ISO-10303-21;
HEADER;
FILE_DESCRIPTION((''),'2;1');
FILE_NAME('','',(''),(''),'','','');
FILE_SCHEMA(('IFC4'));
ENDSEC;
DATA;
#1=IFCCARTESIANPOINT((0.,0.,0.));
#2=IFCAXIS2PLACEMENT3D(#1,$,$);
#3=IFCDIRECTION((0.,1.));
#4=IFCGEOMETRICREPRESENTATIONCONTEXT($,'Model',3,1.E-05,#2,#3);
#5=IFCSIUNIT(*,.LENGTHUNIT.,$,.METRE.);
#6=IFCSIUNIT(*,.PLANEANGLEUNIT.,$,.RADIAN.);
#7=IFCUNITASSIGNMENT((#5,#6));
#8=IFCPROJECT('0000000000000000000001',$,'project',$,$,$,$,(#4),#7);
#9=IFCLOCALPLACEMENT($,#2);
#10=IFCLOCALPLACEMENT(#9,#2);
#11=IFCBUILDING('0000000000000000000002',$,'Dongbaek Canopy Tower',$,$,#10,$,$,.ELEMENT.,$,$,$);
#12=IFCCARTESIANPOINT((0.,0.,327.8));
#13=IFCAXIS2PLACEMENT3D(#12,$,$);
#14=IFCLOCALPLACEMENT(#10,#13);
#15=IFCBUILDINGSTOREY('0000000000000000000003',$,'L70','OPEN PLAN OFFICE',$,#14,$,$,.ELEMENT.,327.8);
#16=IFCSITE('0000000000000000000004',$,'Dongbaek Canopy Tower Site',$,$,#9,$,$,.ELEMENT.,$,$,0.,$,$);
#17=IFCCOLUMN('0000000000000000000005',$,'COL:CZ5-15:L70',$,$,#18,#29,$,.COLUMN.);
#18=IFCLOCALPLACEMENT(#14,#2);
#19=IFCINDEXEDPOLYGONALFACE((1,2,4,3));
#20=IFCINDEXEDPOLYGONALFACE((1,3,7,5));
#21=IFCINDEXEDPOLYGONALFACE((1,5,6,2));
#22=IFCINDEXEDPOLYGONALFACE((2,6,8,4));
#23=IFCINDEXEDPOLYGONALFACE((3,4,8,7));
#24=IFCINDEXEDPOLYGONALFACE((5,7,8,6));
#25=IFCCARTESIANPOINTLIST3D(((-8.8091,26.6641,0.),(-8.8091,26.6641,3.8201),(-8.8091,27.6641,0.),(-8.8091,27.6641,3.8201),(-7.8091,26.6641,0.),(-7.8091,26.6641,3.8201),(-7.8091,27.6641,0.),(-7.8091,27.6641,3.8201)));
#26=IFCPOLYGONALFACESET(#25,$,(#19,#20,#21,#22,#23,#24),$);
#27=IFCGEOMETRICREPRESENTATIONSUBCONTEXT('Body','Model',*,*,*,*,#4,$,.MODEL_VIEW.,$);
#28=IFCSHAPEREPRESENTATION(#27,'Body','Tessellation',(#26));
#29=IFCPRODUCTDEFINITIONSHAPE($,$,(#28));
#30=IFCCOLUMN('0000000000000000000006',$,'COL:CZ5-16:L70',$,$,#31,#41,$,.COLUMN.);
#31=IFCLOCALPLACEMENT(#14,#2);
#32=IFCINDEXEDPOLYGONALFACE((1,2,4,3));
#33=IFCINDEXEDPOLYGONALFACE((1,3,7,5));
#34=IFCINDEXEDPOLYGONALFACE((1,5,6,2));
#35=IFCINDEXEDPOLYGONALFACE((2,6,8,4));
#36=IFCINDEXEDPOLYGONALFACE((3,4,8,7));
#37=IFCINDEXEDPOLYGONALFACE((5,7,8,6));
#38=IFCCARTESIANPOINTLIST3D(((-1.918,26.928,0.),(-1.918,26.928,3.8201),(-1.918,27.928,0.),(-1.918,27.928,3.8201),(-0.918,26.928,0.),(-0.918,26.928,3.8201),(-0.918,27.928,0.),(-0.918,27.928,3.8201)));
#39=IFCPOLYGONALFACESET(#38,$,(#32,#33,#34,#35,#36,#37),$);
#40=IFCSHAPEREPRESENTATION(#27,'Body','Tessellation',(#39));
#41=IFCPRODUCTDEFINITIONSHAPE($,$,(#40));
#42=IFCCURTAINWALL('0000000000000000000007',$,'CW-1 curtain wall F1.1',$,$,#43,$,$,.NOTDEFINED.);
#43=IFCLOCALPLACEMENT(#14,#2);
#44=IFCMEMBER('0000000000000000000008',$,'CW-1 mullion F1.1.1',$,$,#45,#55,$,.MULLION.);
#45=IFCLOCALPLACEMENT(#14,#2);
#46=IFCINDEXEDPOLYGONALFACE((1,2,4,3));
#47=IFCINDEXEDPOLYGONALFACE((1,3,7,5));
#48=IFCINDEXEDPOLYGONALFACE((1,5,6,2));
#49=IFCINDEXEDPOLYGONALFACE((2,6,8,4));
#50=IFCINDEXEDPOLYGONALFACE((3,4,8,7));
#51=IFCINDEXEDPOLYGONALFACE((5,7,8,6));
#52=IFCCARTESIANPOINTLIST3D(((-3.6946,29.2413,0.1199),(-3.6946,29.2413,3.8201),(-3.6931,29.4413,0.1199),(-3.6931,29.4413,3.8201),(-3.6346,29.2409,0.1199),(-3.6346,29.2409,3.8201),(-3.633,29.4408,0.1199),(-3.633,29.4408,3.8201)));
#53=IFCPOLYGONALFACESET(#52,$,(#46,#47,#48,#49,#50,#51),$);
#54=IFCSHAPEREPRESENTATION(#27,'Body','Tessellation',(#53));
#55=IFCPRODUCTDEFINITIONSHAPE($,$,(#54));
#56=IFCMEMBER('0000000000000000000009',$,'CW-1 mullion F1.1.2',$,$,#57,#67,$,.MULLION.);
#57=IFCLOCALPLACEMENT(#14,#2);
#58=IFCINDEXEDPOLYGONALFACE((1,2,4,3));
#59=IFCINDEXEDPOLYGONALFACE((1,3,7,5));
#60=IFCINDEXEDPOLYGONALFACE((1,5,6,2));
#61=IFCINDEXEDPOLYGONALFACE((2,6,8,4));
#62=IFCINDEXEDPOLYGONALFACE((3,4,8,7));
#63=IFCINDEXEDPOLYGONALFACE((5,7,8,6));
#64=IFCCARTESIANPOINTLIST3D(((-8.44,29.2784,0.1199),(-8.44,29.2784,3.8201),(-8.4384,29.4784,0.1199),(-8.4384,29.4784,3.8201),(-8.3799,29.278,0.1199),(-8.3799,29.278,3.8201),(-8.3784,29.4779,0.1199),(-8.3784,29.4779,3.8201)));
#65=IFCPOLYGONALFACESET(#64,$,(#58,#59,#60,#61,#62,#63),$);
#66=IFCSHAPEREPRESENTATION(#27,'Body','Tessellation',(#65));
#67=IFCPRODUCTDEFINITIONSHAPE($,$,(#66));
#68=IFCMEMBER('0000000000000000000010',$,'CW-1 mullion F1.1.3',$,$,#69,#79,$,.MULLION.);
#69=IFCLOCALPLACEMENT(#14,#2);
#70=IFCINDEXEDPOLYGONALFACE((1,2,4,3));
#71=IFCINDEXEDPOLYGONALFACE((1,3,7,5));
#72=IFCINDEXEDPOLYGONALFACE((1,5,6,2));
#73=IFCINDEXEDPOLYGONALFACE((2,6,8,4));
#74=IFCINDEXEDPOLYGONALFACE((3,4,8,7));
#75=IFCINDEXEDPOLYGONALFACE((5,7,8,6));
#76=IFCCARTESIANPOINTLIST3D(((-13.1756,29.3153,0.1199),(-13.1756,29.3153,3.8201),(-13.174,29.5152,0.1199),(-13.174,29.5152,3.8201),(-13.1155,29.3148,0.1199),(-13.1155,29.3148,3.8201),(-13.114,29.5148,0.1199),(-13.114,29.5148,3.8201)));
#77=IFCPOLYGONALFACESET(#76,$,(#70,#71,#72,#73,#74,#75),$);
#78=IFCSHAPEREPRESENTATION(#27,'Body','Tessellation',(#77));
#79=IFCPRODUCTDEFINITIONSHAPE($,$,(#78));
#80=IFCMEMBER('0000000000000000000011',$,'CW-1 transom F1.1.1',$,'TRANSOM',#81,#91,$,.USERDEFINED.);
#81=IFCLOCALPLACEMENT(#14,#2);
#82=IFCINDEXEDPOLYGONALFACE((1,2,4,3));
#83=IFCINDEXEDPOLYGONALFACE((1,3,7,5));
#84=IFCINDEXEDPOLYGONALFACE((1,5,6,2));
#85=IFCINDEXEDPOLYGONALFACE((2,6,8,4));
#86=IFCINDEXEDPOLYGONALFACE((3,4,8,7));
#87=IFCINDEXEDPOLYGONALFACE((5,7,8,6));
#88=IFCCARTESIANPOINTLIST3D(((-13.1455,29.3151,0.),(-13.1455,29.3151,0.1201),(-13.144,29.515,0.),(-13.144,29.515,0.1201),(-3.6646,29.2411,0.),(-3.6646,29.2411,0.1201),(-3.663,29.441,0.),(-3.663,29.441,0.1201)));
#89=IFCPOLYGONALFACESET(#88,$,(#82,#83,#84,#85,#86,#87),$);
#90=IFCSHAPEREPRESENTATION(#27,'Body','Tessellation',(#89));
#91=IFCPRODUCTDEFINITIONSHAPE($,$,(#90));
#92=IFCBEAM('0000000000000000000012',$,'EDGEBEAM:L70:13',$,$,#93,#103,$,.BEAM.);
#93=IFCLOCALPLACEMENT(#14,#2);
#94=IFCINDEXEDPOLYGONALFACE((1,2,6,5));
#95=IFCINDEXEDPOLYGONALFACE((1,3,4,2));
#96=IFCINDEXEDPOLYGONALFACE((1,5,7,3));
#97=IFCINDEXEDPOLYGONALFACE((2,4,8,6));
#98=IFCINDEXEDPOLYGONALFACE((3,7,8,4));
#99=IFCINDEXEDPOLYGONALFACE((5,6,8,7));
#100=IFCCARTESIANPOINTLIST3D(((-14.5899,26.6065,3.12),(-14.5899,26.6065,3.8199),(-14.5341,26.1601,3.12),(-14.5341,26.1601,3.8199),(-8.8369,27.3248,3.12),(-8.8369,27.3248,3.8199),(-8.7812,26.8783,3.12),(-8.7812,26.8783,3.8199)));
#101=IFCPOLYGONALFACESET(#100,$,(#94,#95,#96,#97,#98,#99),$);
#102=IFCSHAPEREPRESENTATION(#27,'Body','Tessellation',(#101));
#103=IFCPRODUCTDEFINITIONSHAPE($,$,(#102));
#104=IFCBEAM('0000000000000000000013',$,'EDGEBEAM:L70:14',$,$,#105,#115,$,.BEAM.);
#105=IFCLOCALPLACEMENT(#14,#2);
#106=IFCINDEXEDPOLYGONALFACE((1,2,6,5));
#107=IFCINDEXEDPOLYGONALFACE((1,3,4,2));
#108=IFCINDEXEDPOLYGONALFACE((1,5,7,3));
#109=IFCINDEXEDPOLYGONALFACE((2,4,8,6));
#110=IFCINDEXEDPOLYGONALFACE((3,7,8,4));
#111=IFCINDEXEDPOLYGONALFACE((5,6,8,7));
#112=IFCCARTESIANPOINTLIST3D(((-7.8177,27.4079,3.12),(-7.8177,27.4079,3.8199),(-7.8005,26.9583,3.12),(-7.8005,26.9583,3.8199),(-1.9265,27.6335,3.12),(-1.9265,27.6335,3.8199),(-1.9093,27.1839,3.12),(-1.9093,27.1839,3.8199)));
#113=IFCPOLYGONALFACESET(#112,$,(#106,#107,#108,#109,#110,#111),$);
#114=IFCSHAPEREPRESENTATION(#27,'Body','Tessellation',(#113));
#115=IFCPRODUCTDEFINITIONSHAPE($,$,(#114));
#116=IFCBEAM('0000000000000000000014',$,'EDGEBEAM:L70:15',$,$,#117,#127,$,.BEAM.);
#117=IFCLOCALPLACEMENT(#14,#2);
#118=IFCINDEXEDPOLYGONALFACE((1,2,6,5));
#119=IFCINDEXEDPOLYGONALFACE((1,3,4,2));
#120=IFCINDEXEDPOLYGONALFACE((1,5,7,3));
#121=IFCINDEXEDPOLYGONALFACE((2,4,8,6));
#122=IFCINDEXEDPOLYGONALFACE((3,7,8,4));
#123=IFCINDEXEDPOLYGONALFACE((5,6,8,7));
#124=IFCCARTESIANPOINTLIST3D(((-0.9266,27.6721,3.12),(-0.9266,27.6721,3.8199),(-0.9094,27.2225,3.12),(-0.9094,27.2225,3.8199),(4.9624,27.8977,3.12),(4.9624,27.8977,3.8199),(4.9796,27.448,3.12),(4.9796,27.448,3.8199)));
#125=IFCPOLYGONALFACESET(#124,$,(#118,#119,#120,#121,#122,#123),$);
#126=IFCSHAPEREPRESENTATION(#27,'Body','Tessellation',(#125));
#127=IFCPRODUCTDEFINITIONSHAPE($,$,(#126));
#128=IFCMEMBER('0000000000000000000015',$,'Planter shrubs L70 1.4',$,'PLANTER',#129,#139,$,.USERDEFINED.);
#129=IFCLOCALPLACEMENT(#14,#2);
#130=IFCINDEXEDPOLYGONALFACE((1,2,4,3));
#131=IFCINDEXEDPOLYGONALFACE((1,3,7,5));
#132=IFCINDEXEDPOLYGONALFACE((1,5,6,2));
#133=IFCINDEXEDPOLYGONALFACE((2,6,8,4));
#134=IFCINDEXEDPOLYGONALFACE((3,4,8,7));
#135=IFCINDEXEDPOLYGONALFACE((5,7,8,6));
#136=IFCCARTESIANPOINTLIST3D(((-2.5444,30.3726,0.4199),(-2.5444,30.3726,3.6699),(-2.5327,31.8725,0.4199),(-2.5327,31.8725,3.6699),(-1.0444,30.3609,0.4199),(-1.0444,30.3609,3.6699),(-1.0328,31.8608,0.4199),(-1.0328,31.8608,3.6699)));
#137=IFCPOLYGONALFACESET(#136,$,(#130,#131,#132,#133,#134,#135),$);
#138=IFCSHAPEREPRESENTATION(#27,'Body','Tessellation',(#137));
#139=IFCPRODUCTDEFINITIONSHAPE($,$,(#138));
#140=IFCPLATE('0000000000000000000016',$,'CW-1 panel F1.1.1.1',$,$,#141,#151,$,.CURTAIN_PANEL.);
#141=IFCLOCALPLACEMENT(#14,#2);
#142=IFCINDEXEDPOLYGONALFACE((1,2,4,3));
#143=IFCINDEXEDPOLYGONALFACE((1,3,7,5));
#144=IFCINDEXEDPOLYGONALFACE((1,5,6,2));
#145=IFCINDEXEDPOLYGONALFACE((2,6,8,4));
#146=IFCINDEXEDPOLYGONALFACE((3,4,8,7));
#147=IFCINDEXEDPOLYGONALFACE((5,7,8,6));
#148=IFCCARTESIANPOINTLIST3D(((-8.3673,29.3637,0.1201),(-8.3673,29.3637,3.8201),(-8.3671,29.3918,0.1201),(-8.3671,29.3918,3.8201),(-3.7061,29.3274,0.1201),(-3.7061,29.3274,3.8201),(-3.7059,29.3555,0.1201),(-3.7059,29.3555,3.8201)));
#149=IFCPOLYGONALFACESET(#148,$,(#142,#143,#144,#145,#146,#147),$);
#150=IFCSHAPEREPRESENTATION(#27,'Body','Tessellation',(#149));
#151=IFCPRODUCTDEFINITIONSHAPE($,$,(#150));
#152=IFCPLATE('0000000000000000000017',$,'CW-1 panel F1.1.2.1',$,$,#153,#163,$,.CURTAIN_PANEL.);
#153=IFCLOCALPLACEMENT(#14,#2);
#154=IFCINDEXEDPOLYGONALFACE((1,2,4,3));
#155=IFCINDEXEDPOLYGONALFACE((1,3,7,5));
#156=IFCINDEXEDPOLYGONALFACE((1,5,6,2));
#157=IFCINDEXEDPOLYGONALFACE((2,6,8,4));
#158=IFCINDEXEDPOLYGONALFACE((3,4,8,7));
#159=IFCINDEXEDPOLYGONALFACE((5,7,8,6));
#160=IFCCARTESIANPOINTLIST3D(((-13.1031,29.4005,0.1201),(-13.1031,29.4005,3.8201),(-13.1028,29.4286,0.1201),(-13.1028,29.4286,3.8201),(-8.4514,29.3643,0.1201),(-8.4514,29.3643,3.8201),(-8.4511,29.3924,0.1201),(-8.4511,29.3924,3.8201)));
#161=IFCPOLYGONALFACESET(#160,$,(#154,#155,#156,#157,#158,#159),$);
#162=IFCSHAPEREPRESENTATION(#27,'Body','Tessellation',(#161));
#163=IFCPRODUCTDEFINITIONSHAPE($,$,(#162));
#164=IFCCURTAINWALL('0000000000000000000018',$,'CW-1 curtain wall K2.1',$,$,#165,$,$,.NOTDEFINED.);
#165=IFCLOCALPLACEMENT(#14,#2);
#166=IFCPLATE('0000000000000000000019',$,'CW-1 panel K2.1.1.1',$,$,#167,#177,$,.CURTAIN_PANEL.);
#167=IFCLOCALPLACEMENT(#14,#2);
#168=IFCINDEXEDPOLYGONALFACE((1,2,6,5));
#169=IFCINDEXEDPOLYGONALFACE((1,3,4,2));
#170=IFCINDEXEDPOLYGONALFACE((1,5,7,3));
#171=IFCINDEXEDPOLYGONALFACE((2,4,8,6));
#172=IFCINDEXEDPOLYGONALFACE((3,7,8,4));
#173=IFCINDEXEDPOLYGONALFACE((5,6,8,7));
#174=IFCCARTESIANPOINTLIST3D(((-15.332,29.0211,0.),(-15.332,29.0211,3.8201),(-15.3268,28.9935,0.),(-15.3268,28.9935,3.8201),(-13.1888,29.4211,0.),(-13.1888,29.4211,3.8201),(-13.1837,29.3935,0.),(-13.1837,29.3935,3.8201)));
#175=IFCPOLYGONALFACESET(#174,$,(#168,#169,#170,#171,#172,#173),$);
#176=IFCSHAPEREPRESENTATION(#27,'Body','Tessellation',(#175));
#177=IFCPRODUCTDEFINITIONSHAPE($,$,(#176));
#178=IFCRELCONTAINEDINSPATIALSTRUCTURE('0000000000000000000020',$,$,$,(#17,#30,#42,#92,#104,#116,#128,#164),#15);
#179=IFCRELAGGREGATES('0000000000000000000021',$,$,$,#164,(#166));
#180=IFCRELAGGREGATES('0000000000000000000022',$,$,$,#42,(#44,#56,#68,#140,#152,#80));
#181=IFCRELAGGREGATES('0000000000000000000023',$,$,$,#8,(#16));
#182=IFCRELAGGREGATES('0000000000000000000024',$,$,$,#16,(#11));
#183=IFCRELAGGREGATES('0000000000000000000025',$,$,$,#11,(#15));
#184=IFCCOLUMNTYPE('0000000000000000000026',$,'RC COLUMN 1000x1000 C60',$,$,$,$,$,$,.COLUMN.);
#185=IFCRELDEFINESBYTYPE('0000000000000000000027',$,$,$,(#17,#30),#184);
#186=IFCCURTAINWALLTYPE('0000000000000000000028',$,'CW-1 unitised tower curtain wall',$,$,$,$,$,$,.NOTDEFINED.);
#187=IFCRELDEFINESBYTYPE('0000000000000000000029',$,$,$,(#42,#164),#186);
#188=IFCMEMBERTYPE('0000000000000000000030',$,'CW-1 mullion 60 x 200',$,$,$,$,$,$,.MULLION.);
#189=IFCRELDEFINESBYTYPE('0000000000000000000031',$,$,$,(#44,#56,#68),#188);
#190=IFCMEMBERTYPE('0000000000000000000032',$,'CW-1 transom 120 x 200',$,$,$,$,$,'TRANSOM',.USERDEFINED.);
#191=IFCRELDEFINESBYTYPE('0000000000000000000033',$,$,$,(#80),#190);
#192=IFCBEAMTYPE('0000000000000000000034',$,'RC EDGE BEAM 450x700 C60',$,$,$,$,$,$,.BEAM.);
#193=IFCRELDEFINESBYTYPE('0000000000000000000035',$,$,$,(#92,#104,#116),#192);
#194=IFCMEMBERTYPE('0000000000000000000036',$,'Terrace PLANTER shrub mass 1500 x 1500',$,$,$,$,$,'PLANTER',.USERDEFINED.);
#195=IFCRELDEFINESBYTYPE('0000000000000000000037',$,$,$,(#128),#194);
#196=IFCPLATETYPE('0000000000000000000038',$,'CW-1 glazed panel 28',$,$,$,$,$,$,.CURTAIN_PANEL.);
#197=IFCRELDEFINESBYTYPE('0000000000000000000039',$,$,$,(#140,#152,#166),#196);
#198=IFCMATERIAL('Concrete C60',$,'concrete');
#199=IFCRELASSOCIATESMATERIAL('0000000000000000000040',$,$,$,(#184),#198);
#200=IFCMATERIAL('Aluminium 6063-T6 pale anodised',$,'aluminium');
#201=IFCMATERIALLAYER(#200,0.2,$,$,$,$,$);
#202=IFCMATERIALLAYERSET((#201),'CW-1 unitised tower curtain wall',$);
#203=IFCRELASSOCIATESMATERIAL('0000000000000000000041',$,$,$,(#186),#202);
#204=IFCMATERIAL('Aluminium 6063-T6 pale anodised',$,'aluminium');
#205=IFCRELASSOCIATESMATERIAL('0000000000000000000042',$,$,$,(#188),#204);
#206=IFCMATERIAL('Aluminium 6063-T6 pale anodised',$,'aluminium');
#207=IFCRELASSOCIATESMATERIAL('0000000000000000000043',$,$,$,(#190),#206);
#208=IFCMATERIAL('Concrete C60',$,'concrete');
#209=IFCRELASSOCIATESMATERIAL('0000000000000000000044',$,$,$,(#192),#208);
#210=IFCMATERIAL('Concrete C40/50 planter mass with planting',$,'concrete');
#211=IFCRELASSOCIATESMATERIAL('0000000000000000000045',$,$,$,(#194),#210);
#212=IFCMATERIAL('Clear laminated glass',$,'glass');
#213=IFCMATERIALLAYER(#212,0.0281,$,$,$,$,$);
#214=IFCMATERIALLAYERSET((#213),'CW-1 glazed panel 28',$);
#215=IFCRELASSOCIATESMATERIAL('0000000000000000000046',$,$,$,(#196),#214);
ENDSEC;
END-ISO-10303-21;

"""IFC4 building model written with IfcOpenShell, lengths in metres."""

from ifc_helpers import new_model, si_unit, direction, frame, origin, origin_2d, place, context, subcontext, project, spatial, rectangle, extrude, material, layer, layer_set, material_profile, profile_set, type_object, element, aggregate, save


model = new_model("IFC4")

# Units and contexts
model_context = context("Model", 3, precision=1e-05, world=origin(), true_north=direction((0.0, 1.0)))
body_context = subcontext(model_context, "Body", "Model", "MODEL_VIEW")
ifc_project = project(units=[si_unit("LENGTHUNIT", "METRE"), si_unit("PLANEANGLEUNIT", "RADIAN")], contexts=[model_context])

# Site, building, storey
site_placement = place(None, origin())
site = spatial("IfcSite", under=ifc_project, at=site_placement, Name="Dongbaek Canopy Tower Site", CompositionType="ELEMENT", RefElevation=0.0)
building_placement = place(site_placement, origin())
building = spatial("IfcBuilding", under=site, at=building_placement, Name="Dongbaek Canopy Tower", CompositionType="ELEMENT")
storey_placement = place(building_placement, frame((0.0, 0.0, 327.8)))
storey = spatial("IfcBuildingStorey", under=building, at=storey_placement, Name="L70", Description="OPEN PLAN OFFICE", CompositionType="ELEMENT", Elevation=327.8)

# Columns
ifc_material_1 = material(Name="Concrete C60", Category="concrete")
ifc_material_profile_1 = material_profile(ifc_material_1, rectangle(XDim=1.0, YDim=1.0, at=origin_2d()), Name="RC COLUMN 1000x1000 C60")
ifc_profile_set_1 = profile_set([ifc_material_profile_1], Name="Concrete C60")
column_type = type_object("IfcColumnType", Name="RC COLUMN 1000x1000 C60", PredefinedType="COLUMN", material=ifc_profile_set_1)
for number, where, z_axis, x_axis, name in (
    (1, (-8.3091, 27.1641, 0.0), (0.0, 0.0, 1.0), (1.0, 0.0, 0.0), "COL:CZ5-15:L70"),
    (2, (-1.418, 27.428, 0.0), (0.0, 0.0, 1.0), (1.0, 0.0, 0.0), "COL:CZ5-16:L70"),
):
    element("IfcColumn", number, at=place(storey_placement, frame(where, z_axis=z_axis, x_axis=x_axis)), inside=storey, type_object=column_type, Name=name, PredefinedType="COLUMN", context=body_context, shape_type="SweptSolid", body=[
        extrude(rectangle(XDim=1.0, YDim=1.0, at=origin_2d()), origin(), (0.0, 0.0, 1.0), 3.8201),
    ])

# Curtain wall, members
ifc_material_2 = material(Name="Aluminium 6063-T6 pale anodised", Category="aluminium")
ifc_layer_1 = layer(ifc_material_2, 0.2)
ifc_layer_set_1 = layer_set([ifc_layer_1], Name="CW-1 unitised tower curtain wall")
curtain_wall_type = type_object("IfcCurtainWallType", Name="CW-1 unitised tower curtain wall", PredefinedType="NOTDEFINED", material=ifc_layer_set_1)
curtain_wall_1_placement = place(storey_placement, origin())
curtain_wall_1 = element("IfcCurtainWall", 3, at=curtain_wall_1_placement, inside=storey, type_object=curtain_wall_type, Name="CW-1 curtain wall F1.1", PredefinedType="NOTDEFINED")
ifc_material_3 = material(Name="Aluminium 6063-T6 pale anodised", Category="aluminium")
ifc_material_profile_2 = material_profile(ifc_material_3, rectangle(XDim=0.2, YDim=0.0601, at=origin_2d()), Name="CW-1 mullion 60 x 200")
ifc_profile_set_2 = profile_set([ifc_material_profile_2], Name="Aluminium 6063-T6 pale anodised")
member_type_1 = type_object("IfcMemberType", Name="CW-1 mullion 60 x 200", PredefinedType="MULLION", material=ifc_profile_set_2)
member_1_placement = place(storey_placement, frame((-3.6638, 29.3411, 0.1199), z_axis=(0.0, 0.0, 1.0), x_axis=(0.007782, 0.99997, 0.0)))
member_1 = element("IfcMember", 4, at=member_1_placement, type_object=member_type_1, Name="CW-1 mullion F1.1.1", PredefinedType="MULLION", context=body_context, shape_type="SweptSolid", body=[
    extrude(rectangle(XDim=0.2, YDim=0.0601, at=origin_2d()), origin(), (0.0, 0.0, 1.0), 3.7002),
])
member_2_placement = place(storey_placement, frame((-8.4092, 29.3782, 0.1199), z_axis=(0.0, 0.0, 1.0), x_axis=(0.007782, 0.99997, 0.0)))
member_2 = element("IfcMember", 5, at=member_2_placement, type_object=member_type_1, Name="CW-1 mullion F1.1.2", PredefinedType="MULLION", context=body_context, shape_type="SweptSolid", body=[
    extrude(rectangle(XDim=0.2, YDim=0.0601, at=origin_2d()), origin(), (0.0, 0.0, 1.0), 3.7002),
])
member_3_placement = place(storey_placement, frame((-13.1448, 29.415, 0.1199), z_axis=(0.0, 0.0, 1.0), x_axis=(0.007782, 0.99997, 0.0)))
member_3 = element("IfcMember", 6, at=member_3_placement, type_object=member_type_1, Name="CW-1 mullion F1.1.3", PredefinedType="MULLION", context=body_context, shape_type="SweptSolid", body=[
    extrude(rectangle(XDim=0.2, YDim=0.0601, at=origin_2d()), origin(), (0.0, 0.0, 1.0), 3.7002),
])
ifc_material_4 = material(Name="Aluminium 6063-T6 pale anodised", Category="aluminium")
ifc_material_profile_3 = material_profile(ifc_material_4, rectangle(XDim=0.2, YDim=0.1201, at=origin_2d()), Name="CW-1 transom 120 x 200")
ifc_profile_set_3 = profile_set([ifc_material_profile_3], Name="Aluminium 6063-T6 pale anodised")
member_type_2 = type_object("IfcMemberType", Name="CW-1 transom 120 x 200", ElementType="TRANSOM", PredefinedType="USERDEFINED", material=ifc_profile_set_3)
member_4_placement = place(storey_placement, frame((-3.6638, 29.3411, 0.0601), z_axis=(-0.99997, 0.007802, 0.0), x_axis=(-0.007802, -0.99997, 0.0)))
member_4 = element("IfcMember", 7, at=member_4_placement, type_object=member_type_2, Name="CW-1 transom F1.1.1", ObjectType="TRANSOM", PredefinedType="USERDEFINED", context=body_context, shape_type="SweptSolid", body=[
    extrude(rectangle(XDim=0.2, YDim=0.1201, at=origin_2d()), origin(), (0.0, 0.0, 1.0), 9.4812),
])

# Beams
ifc_material_5 = material(Name="Concrete C60", Category="concrete")
ifc_material_profile_4 = material_profile(ifc_material_5, rectangle(XDim=0.45, YDim=0.7, at=origin_2d()), Name="RC EDGE BEAM 450x700 C60")
ifc_profile_set_4 = profile_set([ifc_material_profile_4], Name="Concrete C60")
beam_type = type_object("IfcBeamType", Name="RC EDGE BEAM 450x700 C60", PredefinedType="BEAM", material=ifc_profile_set_4)
beam_1_placement = place(storey_placement, frame((-14.562, 26.3833, 3.47), z_axis=(0.992296, 0.12389, 0.0), x_axis=(-0.12389, 0.992296, 0.0)))
element("IfcBeam", 8, at=beam_1_placement, inside=storey, type_object=beam_type, Name="EDGEBEAM:L70:13", PredefinedType="BEAM", context=body_context, shape_type="SweptSolid", body=[
    extrude(rectangle(XDim=0.45, YDim=0.7, at=origin_2d()), origin(), (0.0, 0.0, 1.0), 5.7976),
])
beam_2_placement = place(storey_placement, frame((-7.8091, 27.1831, 3.47), z_axis=(0.999268, 0.038265, 0.0), x_axis=(-0.038265, 0.999268, 0.0)))
element("IfcBeam", 9, at=beam_2_placement, inside=storey, type_object=beam_type, Name="EDGEBEAM:L70:14", PredefinedType="BEAM", context=body_context, shape_type="SweptSolid", body=[
    extrude(rectangle(XDim=0.45, YDim=0.7, at=origin_2d()), origin(), (0.0, 0.0, 1.0), 5.8955),
])
beam_3_placement = place(storey_placement, frame((-0.918, 27.4473, 3.47), z_axis=(0.999267, 0.038279, 0.0), x_axis=(-0.038279, 0.999267, 0.0)))
element("IfcBeam", 10, at=beam_3_placement, inside=storey, type_object=beam_type, Name="EDGEBEAM:L70:15", PredefinedType="BEAM", context=body_context, shape_type="SweptSolid", body=[
    extrude(rectangle(XDim=0.45, YDim=0.7, at=origin_2d()), origin(), (0.0, 0.0, 1.0), 5.8933),
])

# Member
ifc_material_6 = material(Name="Concrete C40/50 planter mass with planting", Category="concrete")
ifc_material_profile_5 = material_profile(ifc_material_6, rectangle(XDim=1.5, YDim=1.5, at=origin_2d()), Name="Terrace PLANTER shrub mass 1500 x 1500")
ifc_profile_set_5 = profile_set([ifc_material_profile_5], Name="Concrete C40/50 planter mass with planting")
member_type_3 = type_object("IfcMemberType", Name="Terrace PLANTER shrub mass 1500 x 1500", ElementType="PLANTER", PredefinedType="USERDEFINED", material=ifc_profile_set_5)
member_5_placement = place(storey_placement, frame((-1.7886, 31.1167, 0.4199), z_axis=(0.0, 0.0, 1.0), x_axis=(0.007782, 0.99997, 0.0)))
element("IfcMember", 11, at=member_5_placement, inside=storey, type_object=member_type_3, Name="Planter shrubs L70 1.4", ObjectType="PLANTER", PredefinedType="USERDEFINED", context=body_context, shape_type="SweptSolid", body=[
    extrude(rectangle(XDim=1.5, YDim=1.5, at=origin_2d()), origin(), (0.0, 0.0, 1.0), 3.25),
])

# Plates
ifc_material_7 = material(Name="Clear laminated glass", Category="glass")
ifc_layer_2 = layer(ifc_material_7, 0.0281)
ifc_layer_set_2 = layer_set([ifc_layer_2], Name="CW-1 glazed panel 28")
plate_type = type_object("IfcPlateType", Name="CW-1 glazed panel 28", PredefinedType="CURTAIN_PANEL", material=ifc_layer_set_2)
plate_1_placement = place(storey_placement, frame((-6.0366, 29.3596, 0.1201), z_axis=(0.0, 0.0, 1.0), x_axis=(-0.99997, 0.007782, 0.0)))
plate_1 = element("IfcPlate", 12, at=plate_1_placement, type_object=plate_type, Name="CW-1 panel F1.1.1.1", PredefinedType="CURTAIN_PANEL", context=body_context, shape_type="SweptSolid", body=[
    extrude(rectangle(XDim=4.6614, YDim=0.0281, at=origin_2d()), origin(), (0.0, 0.0, 1.0), 3.7),
])
plate_2_placement = place(storey_placement, frame((-10.7771, 29.3965, 0.1201), z_axis=(0.0, 0.0, 1.0), x_axis=(-0.99997, 0.007782, 0.0)))
plate_2 = element("IfcPlate", 13, at=plate_2_placement, type_object=plate_type, Name="CW-1 panel F1.1.2.1", PredefinedType="CURTAIN_PANEL", context=body_context, shape_type="SweptSolid", body=[
    extrude(rectangle(XDim=4.6519, YDim=0.0281, at=origin_2d()), origin(), (0.0, 0.0, 1.0), 3.7),
])

# Curtain wall, plate
curtain_wall_2_placement = place(storey_placement, origin())
curtain_wall_2 = element("IfcCurtainWall", 14, at=curtain_wall_2_placement, inside=storey, type_object=curtain_wall_type, Name="CW-1 curtain wall K2.1", PredefinedType="NOTDEFINED")
plate_3_placement = place(storey_placement, frame((-14.2578, 29.2073, 0.0), z_axis=(0.0, 0.0, 1.0), x_axis=(-0.983025, -0.183472, 0.0)))
plate_3 = element("IfcPlate", 15, at=plate_3_placement, type_object=plate_type, Name="CW-1 panel K2.1.1.1", PredefinedType="CURTAIN_PANEL", context=body_context, shape_type="SweptSolid", body=[
    extrude(rectangle(XDim=2.1802, YDim=0.0281, at=origin_2d()), origin(), (0.0, 0.0, 1.0), 3.8201),
])
aggregate(curtain_wall_2, [plate_3])

aggregate(curtain_wall_1, [member_1, member_2, member_3, plate_1, plate_2, member_4])

save(model, "model.ifc")
